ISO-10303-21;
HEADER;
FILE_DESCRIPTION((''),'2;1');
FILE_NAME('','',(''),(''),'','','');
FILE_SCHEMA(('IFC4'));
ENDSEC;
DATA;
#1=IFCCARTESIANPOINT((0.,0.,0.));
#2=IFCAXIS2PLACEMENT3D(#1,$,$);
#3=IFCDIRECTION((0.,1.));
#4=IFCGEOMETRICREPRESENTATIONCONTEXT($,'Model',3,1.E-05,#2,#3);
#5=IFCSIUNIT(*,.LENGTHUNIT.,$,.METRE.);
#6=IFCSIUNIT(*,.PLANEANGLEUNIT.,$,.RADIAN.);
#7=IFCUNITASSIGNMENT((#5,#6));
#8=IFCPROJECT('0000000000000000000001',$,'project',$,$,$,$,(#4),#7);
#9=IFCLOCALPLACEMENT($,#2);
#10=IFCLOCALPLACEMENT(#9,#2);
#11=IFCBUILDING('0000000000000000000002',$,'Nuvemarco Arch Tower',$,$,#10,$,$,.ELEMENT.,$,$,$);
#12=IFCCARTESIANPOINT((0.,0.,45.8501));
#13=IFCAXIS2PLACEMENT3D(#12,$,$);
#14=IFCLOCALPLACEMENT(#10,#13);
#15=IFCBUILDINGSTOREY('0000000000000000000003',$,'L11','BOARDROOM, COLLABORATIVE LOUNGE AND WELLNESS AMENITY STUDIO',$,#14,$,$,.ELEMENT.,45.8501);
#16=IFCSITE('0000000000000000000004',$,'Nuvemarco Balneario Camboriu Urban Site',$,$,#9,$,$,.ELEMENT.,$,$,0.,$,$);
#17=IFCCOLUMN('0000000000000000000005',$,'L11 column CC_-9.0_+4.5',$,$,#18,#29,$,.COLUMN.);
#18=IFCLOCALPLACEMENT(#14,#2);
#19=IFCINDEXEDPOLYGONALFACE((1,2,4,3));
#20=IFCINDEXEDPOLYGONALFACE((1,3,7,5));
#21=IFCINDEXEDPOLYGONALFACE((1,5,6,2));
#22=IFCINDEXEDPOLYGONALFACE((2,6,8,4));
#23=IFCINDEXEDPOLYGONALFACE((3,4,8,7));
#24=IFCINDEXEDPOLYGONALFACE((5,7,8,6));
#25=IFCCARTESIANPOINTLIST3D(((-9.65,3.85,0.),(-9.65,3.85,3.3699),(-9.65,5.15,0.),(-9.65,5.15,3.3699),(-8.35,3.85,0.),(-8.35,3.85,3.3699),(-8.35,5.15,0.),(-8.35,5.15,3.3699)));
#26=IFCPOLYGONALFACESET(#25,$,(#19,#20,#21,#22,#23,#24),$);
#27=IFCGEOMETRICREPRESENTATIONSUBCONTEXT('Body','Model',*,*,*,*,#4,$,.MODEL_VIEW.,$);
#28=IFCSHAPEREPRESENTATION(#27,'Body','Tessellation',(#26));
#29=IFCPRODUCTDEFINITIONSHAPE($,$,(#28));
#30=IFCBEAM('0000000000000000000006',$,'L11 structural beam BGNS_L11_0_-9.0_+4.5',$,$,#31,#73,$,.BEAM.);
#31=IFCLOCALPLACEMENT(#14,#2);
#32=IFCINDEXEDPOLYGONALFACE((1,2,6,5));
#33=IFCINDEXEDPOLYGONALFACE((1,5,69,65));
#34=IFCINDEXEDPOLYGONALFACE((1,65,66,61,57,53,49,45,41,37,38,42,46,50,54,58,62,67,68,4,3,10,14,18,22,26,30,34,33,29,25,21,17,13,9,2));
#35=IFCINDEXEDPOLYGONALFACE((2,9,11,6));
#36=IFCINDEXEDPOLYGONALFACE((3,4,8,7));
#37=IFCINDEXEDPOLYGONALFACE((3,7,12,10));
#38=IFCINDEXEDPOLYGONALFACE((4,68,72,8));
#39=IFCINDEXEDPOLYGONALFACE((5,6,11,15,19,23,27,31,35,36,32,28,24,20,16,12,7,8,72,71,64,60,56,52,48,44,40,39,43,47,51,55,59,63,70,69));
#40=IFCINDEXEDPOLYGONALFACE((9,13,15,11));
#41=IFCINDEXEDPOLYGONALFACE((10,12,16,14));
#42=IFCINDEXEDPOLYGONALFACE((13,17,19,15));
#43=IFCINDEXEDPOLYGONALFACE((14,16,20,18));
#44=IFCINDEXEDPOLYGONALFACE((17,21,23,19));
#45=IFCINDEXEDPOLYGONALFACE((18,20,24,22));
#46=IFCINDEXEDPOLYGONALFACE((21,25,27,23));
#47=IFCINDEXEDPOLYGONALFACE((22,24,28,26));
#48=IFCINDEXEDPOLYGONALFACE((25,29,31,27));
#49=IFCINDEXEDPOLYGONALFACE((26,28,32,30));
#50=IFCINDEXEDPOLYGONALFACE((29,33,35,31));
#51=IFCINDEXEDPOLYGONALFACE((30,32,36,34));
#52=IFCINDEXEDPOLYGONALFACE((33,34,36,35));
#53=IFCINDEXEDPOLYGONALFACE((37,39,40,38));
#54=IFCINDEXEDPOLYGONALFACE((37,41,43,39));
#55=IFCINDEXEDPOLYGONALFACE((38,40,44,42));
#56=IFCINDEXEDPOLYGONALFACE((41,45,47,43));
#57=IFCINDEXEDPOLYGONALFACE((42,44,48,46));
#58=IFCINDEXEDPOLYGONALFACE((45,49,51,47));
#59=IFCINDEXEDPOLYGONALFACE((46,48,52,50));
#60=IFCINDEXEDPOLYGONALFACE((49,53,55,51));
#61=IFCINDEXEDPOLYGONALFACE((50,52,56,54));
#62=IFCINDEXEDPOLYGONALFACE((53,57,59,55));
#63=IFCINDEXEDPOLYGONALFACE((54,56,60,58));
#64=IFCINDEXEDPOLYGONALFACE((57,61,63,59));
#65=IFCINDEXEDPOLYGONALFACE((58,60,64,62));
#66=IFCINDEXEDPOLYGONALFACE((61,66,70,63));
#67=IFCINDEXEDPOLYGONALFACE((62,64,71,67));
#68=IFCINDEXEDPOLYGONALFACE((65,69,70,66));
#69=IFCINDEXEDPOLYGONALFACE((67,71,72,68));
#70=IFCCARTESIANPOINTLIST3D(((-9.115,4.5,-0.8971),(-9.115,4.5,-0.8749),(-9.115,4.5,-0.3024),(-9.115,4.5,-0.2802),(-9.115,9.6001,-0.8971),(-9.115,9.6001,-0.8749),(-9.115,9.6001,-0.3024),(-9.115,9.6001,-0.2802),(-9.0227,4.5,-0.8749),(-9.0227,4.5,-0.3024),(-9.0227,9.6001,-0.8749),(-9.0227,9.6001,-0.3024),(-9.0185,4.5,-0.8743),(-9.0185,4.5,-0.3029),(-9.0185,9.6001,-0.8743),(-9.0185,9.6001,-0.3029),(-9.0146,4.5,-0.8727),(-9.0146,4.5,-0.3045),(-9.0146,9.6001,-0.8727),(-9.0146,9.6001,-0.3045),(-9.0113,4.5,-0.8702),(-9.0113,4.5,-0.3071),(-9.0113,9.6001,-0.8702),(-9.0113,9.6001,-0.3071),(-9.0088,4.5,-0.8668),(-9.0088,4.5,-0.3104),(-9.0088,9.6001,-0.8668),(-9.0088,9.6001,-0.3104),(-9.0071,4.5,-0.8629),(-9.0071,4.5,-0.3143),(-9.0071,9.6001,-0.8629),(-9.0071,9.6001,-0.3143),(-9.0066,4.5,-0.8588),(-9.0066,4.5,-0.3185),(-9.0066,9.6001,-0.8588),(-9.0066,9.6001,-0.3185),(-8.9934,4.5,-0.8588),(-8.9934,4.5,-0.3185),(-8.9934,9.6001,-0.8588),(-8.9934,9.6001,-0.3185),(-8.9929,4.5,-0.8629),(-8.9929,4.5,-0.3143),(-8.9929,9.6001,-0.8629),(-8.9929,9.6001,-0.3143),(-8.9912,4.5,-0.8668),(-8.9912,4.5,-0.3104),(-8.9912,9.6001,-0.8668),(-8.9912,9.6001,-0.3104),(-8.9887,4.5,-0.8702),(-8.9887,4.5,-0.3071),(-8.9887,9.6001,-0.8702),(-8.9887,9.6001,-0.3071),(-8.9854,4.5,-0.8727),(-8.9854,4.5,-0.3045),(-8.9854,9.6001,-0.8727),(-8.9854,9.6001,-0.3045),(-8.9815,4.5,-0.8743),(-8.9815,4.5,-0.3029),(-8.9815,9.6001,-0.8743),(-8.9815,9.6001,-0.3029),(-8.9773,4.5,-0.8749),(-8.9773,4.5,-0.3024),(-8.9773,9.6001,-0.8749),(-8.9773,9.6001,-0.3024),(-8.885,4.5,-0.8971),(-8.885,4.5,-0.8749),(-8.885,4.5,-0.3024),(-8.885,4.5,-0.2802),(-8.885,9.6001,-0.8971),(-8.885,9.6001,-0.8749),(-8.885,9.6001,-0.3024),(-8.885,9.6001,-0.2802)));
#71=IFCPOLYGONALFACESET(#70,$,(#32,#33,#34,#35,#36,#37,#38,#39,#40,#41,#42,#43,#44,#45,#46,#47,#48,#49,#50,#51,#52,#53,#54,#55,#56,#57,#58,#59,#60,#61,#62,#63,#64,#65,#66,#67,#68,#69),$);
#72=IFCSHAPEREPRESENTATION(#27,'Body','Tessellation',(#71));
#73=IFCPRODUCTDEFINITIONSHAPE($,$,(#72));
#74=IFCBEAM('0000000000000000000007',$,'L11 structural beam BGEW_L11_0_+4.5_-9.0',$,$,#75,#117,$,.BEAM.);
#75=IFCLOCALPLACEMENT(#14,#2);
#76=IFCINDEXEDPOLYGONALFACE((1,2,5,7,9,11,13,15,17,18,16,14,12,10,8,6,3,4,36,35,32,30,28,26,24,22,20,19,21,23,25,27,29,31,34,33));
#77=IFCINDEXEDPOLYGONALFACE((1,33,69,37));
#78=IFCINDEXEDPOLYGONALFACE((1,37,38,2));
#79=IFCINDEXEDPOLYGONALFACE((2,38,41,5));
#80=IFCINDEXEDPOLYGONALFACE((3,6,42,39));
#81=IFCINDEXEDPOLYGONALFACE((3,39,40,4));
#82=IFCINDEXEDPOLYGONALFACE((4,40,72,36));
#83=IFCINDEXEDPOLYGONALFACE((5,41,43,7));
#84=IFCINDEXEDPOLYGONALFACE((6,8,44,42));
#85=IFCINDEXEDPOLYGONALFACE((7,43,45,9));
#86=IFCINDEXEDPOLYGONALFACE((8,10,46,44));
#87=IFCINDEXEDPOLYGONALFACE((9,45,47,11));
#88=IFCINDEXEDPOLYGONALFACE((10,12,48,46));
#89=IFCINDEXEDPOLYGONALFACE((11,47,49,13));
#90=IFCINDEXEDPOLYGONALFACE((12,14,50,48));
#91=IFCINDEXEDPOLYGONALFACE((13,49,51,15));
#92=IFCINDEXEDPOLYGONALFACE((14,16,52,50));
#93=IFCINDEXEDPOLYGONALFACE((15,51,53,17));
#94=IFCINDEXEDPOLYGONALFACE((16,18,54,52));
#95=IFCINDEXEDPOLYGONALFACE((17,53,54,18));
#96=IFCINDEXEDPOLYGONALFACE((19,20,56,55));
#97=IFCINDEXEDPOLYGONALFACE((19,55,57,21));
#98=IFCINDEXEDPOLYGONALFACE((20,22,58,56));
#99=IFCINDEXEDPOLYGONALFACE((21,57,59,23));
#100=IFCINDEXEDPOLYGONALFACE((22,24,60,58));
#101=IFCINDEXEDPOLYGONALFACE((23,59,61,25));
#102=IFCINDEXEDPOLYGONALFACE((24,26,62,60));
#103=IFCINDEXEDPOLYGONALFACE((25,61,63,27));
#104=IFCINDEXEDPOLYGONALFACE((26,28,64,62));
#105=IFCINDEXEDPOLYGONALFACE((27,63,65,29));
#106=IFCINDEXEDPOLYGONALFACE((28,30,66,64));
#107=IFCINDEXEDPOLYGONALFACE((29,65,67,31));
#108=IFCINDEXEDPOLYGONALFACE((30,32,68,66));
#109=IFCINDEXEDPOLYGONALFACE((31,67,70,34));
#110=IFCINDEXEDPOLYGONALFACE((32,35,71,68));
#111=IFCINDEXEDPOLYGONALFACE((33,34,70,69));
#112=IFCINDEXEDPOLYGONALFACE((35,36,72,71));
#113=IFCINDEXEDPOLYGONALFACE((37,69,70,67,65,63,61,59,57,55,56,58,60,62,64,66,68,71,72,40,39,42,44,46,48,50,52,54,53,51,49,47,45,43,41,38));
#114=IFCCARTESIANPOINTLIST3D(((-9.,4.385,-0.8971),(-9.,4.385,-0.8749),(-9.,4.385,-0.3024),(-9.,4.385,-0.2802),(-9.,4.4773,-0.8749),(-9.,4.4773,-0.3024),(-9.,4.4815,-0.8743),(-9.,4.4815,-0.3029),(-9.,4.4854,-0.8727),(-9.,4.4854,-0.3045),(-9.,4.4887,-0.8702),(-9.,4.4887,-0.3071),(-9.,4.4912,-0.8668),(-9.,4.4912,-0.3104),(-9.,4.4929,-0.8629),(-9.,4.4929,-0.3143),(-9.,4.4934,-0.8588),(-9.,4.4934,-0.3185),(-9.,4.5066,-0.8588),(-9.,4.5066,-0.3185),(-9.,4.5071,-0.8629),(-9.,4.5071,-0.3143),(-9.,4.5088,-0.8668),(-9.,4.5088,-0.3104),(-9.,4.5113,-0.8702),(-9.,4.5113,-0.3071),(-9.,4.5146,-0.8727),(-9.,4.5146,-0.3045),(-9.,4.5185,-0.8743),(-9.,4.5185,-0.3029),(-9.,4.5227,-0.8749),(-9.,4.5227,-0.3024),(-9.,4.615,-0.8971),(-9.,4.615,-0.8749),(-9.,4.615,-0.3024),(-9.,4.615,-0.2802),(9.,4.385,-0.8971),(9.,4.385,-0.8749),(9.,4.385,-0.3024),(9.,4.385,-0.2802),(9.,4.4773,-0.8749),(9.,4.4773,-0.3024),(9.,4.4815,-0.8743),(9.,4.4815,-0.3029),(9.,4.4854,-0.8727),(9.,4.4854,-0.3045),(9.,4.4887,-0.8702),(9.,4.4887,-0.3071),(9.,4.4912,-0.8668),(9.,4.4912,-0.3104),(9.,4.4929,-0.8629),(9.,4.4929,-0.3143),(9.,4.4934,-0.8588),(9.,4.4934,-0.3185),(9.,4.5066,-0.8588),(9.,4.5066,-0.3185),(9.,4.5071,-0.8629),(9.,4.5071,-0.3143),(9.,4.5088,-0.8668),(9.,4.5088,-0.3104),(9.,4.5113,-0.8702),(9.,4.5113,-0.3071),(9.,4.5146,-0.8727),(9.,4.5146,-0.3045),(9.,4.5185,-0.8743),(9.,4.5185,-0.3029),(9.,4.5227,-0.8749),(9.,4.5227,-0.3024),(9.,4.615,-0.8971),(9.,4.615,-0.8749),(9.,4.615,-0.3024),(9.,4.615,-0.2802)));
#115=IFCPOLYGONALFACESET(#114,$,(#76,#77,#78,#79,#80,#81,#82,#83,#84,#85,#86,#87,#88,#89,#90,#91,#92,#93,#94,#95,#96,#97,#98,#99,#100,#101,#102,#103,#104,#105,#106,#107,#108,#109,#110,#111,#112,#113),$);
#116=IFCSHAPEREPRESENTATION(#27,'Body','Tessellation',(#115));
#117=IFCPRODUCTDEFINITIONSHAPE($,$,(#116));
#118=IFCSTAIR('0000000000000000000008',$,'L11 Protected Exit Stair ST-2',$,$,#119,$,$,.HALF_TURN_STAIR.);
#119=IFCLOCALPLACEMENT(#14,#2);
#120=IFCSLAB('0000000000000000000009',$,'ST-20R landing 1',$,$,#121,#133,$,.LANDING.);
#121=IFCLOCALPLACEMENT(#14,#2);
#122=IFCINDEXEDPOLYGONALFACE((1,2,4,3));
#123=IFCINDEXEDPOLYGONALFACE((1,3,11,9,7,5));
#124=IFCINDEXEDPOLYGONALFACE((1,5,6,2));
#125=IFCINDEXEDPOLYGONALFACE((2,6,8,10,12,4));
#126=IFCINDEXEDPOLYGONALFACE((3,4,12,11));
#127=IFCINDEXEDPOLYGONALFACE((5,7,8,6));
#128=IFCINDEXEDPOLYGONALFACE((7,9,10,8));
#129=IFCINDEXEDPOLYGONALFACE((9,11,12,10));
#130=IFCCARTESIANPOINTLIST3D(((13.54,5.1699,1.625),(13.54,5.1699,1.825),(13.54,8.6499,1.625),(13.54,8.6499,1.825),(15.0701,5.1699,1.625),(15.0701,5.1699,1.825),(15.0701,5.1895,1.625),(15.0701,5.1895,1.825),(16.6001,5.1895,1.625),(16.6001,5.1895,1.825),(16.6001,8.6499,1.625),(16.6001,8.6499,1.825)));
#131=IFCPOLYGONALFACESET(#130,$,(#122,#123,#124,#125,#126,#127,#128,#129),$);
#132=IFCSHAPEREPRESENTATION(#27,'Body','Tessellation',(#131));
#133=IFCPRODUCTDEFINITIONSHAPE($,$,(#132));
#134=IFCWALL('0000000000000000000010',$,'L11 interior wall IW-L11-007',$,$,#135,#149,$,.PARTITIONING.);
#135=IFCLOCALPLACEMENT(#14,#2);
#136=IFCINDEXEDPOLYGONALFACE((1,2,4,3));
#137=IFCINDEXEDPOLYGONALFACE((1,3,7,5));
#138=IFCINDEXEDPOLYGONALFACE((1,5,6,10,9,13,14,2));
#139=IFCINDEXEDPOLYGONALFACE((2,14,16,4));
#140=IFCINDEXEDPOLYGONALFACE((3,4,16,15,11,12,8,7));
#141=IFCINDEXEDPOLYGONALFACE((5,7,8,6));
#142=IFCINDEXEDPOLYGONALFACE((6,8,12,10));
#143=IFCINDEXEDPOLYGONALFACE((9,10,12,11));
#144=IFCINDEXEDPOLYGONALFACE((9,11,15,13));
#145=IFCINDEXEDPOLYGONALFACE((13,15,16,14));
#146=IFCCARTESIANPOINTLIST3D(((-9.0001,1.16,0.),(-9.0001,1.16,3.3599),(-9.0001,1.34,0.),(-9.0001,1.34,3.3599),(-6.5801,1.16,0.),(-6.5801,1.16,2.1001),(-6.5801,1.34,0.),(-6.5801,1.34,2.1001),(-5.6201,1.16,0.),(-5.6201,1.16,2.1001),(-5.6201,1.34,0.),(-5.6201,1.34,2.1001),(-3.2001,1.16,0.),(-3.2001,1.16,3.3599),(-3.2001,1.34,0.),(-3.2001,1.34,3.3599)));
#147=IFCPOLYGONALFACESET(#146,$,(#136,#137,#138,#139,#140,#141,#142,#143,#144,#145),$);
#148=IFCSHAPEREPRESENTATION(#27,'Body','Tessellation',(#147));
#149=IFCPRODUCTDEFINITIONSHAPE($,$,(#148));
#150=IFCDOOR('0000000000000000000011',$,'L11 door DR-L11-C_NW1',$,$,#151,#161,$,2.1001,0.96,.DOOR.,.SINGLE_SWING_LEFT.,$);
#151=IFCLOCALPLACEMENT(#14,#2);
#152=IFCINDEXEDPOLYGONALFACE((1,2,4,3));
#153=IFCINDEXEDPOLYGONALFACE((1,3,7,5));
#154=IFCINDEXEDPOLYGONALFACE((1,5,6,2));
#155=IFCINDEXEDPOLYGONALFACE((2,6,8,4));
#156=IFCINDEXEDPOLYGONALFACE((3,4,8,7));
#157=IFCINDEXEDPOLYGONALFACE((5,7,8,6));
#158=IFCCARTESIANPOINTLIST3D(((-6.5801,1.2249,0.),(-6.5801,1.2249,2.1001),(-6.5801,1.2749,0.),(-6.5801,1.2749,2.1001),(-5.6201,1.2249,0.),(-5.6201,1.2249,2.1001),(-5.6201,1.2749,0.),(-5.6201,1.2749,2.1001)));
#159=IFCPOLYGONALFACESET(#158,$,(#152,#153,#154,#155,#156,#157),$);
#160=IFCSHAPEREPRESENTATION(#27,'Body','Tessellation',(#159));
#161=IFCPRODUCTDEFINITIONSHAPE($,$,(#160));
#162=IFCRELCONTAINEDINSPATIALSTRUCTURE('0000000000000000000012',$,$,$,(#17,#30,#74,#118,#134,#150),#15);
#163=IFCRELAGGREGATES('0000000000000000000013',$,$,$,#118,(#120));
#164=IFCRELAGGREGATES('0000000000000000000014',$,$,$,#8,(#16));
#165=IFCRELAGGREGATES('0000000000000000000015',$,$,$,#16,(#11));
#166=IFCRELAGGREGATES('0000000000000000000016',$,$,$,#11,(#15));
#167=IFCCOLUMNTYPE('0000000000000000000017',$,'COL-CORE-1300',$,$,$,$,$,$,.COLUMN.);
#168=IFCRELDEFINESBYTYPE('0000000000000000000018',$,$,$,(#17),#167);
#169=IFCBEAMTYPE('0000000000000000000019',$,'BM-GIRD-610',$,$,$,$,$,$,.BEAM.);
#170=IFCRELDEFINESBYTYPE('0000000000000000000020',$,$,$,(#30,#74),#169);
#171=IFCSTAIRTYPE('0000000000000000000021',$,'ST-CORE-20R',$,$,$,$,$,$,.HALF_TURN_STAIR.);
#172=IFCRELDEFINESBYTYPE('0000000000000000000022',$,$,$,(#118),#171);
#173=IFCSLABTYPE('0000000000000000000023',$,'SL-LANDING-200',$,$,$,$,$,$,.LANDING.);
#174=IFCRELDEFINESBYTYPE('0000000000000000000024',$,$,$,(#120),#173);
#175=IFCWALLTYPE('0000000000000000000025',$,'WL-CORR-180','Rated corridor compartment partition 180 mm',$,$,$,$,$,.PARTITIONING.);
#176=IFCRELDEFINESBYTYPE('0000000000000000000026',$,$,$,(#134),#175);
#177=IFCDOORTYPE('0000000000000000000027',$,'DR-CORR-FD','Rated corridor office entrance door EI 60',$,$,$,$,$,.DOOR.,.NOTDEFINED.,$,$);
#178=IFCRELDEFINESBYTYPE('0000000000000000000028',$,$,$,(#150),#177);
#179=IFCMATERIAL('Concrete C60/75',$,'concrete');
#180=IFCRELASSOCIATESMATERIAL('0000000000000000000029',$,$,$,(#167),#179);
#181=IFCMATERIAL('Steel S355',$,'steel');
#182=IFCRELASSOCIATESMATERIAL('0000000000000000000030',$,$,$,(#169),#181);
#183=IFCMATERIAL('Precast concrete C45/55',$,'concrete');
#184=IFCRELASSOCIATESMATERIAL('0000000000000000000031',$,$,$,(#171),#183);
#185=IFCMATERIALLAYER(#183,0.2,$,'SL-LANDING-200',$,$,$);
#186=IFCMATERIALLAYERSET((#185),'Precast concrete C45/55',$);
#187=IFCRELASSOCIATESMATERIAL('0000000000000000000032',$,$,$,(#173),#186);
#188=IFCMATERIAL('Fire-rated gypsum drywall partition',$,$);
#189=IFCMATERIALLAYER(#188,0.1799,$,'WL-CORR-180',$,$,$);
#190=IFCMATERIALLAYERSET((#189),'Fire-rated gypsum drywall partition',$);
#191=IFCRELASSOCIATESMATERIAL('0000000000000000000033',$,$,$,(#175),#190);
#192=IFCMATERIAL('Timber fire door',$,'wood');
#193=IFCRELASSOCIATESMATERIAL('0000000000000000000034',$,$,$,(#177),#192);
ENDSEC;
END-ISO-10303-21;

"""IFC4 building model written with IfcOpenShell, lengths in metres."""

from ifc_helpers import new_model, si_unit, direction, frame, frame_2d, origin, origin_2d, place, context, subcontext, project, spatial, polyline, rectangle, i_section, outline, extrude, source, transform, mapped, material, layer, layer_set, material_profile, profile_set, type_object, type_shapes, element, fill, aggregate, save


model = new_model("IFC4")

# Units and contexts
model_context = context("Model", 3, precision=1e-05, world=origin(), true_north=direction((0.0, 1.0)))
body_context = subcontext(model_context, "Body", "Model", "MODEL_VIEW")
ifc_project = project(units=[si_unit("LENGTHUNIT", "METRE"), si_unit("PLANEANGLEUNIT", "RADIAN")], contexts=[model_context])

# Site, building, storey
site_placement = place(None, origin())
site = spatial("IfcSite", under=ifc_project, at=site_placement, Name="Nuvemarco Balneario Camboriu Urban Site", CompositionType="ELEMENT", RefElevation=0.0)
building_placement = place(site_placement, origin())
building = spatial("IfcBuilding", under=site, at=building_placement, Name="Nuvemarco Arch Tower", CompositionType="ELEMENT")
storey_placement = place(building_placement, frame((0.0, 0.0, 45.8501)))
storey = spatial("IfcBuildingStorey", under=building, at=storey_placement, Name="L11", Description="BOARDROOM, COLLABORATIVE LOUNGE AND WELLNESS AMENITY STUDIO", CompositionType="ELEMENT", Elevation=45.8501)

# Column
ifc_material_1 = material(Name="Concrete C60/75", Category="concrete")
ifc_material_profile_1 = material_profile(ifc_material_1, rectangle(XDim=1.3, YDim=1.3, at=origin_2d()), Name="RC-COL-1300x1300")
ifc_profile_set_1 = profile_set([ifc_material_profile_1], Name="Concrete C60/75")
column_type = type_object("IfcColumnType", Name="COL-CORE-1300", PredefinedType="COLUMN", material=ifc_profile_set_1)
column_placement = place(storey_placement, frame((-9.0, 4.5, 0.0), z_axis=(0.0, 0.0, 1.0), x_axis=(1.0, 0.0, 0.0)))
element("IfcColumn", 1, at=column_placement, inside=storey, type_object=column_type, Name="L11 column CC_-9.0_+4.5", PredefinedType="COLUMN", context=body_context, shape_type="SweptSolid", body=[
    extrude(rectangle(XDim=1.3, YDim=1.3, at=origin_2d()), origin(), (0.0, 0.0, 1.0), 3.3699),
])

# Beams
ifc_material_2 = material(Name="Steel S355", Category="steel")
ifc_material_profile_2 = material_profile(ifc_material_2, i_section(OverallWidth=0.23, OverallDepth=0.6169, WebThickness=0.0132, FlangeThickness=0.0222, FilletRadius=0.0161, at=origin_2d()), Name="W610x140")
ifc_profile_set_2 = profile_set([ifc_material_profile_2], Name="Steel S355")
beam_type = type_object("IfcBeamType", Name="BM-GIRD-610", PredefinedType="BEAM", material=ifc_profile_set_2)
beam_1_placement = place(storey_placement, frame((-9.0, 4.5, -0.5886), z_axis=(0.0, 1.0, 0.0), x_axis=(-1.0, 0.0, 0.0)))
element("IfcBeam", 2, at=beam_1_placement, inside=storey, type_object=beam_type, Name="L11 structural beam BGNS_L11_0_-9.0_+4.5", PredefinedType="BEAM", context=body_context, shape_type="SweptSolid", body=[
    extrude(i_section(OverallWidth=0.23, OverallDepth=0.6169, WebThickness=0.0132, FlangeThickness=0.0222, FilletRadius=0.0161, at=origin_2d()), origin(), (0.0, 0.0, 1.0), 5.1001),
])
beam_2_placement = place(storey_placement, frame((-9.0, 4.5, -0.5886), z_axis=(1.0, 0.0, 0.0), x_axis=(0.0, 1.0, 0.0)))
element("IfcBeam", 3, at=beam_2_placement, inside=storey, type_object=beam_type, Name="L11 structural beam BGEW_L11_0_+4.5_-9.0", PredefinedType="BEAM", context=body_context, shape_type="SweptSolid", body=[
    extrude(i_section(OverallWidth=0.23, OverallDepth=0.6169, WebThickness=0.0132, FlangeThickness=0.0222, FilletRadius=0.0161, at=origin_2d()), origin(), (0.0, 0.0, 1.0), 18.0),
])

# Stair, slab
ifc_material_3 = material(Name="Precast concrete C45/55", Category="concrete")
stair_type = type_object("IfcStairType", Name="ST-CORE-20R", PredefinedType="HALF_TURN_STAIR", material=ifc_material_3)
stair_1_placement = place(storey_placement, origin())
stair_1 = element("IfcStair", 4, at=stair_1_placement, inside=storey, type_object=stair_type, Name="L11 Protected Exit Stair ST-2", PredefinedType="HALF_TURN_STAIR")
ifc_layer_1 = layer(ifc_material_3, 0.2, Name="SL-LANDING-200")
ifc_layer_set_1 = layer_set([ifc_layer_1], Name="Precast concrete C45/55")
slab_type = type_object("IfcSlabType", Name="SL-LANDING-200", PredefinedType="LANDING", material=ifc_layer_set_1)
slab_placement = place(storey_placement, frame((0.0, 0.0, 1.625)))
slab = element("IfcSlab", 5, at=slab_placement, type_object=slab_type, Name="ST-20R landing 1", PredefinedType="LANDING", context=body_context, shape_type="SweptSolid", body=[
    extrude(outline(polyline([(16.6001, 5.1895), (16.6001, 8.6499), (13.54, 8.6499), (13.54, 5.1699), (15.0701, 5.1699), (15.0701, 5.1895), (16.6001, 5.1895)])), origin(), (0.0, 0.0, 1.0), 0.2),
])
aggregate(stair_1, [slab])

# Wall, opening, door
ifc_material_4 = material(Name="Fire-rated gypsum drywall partition")
ifc_layer_2 = layer(ifc_material_4, 0.1799, Name="WL-CORR-180")
ifc_layer_set_2 = layer_set([ifc_layer_2], Name="Fire-rated gypsum drywall partition")
wall_type_1 = type_object("IfcWallType", Name="WL-CORR-180", Description="Rated corridor compartment partition 180 mm", PredefinedType="PARTITIONING", material=ifc_layer_set_2)
wall_1_placement = place(storey_placement, frame((-9.0, 1.25, 0.0), z_axis=(0.0, 0.0, 1.0), x_axis=(1.0, 0.0, 0.0)))
wall_1 = element("IfcWall", 6, at=wall_1_placement, inside=storey, type_object=wall_type_1, Name="L11 interior wall IW-L11-007", PredefinedType="PARTITIONING", context=body_context, shape_type="SweptSolid", body=[
    extrude(rectangle(XDim=5.8, YDim=0.1799, at=frame_2d((2.8999, 0.0))), origin(), (0.0, 0.0, 1.0), 3.3599),
])
opening_1_placement = place(wall_1_placement, frame((2.4199, 0.0, 0.0)))
opening_1 = element("IfcOpeningElement", 7, at=opening_1_placement, cuts=wall_1, PredefinedType="OPENING", context=body_context, shape_type="SweptSolid", body=[
    extrude(rectangle(XDim=0.96, YDim=2.1001, at=frame_2d((0.48, 1.05))), frame((0.0, 0.0999, 0.0), z_axis=(0.0, -1.0, 0.0), x_axis=(1.0, 0.0, 0.0)), (0.0, 0.0, 1.0), 0.2),
])
ifc_material_5 = material(Name="Timber fire door", Category="wood")
door_type_1 = type_object("IfcDoorType", Name="DR-CORR-FD", Description="Rated corridor office entrance door EI 60", OperationType="NOTDEFINED", PredefinedType="DOOR", material=ifc_material_5)
shared_shape_1 = source(origin(), body_context, "Body", "SweptSolid", [
    extrude(rectangle(XDim=0.96, YDim=2.1001, at=frame_2d((0.48, 1.05))), frame((0.0, 0.0249, 0.0), z_axis=(0.0, -1.0, 0.0), x_axis=(1.0, 0.0, 0.0)), (0.0, 0.0, 1.0), 0.05),
])
type_shapes(door_type_1, [shared_shape_1])
door_1_placement = place(opening_1_placement, origin())
door_1 = element("IfcDoor", 8, at=door_1_placement, inside=storey, type_object=door_type_1, Name="L11 door DR-L11-C_NW1", OperationType="SINGLE_SWING_LEFT", OverallHeight=2.1001, OverallWidth=0.96, PredefinedType="DOOR", context=body_context, shape_type="MappedRepresentation", body=[
    mapped(shared_shape_1, transform((0.0, 0.0, 0.0), scale=1.0)),
])
fill(opening_1, door_1)

save(model, "model.ifc")
